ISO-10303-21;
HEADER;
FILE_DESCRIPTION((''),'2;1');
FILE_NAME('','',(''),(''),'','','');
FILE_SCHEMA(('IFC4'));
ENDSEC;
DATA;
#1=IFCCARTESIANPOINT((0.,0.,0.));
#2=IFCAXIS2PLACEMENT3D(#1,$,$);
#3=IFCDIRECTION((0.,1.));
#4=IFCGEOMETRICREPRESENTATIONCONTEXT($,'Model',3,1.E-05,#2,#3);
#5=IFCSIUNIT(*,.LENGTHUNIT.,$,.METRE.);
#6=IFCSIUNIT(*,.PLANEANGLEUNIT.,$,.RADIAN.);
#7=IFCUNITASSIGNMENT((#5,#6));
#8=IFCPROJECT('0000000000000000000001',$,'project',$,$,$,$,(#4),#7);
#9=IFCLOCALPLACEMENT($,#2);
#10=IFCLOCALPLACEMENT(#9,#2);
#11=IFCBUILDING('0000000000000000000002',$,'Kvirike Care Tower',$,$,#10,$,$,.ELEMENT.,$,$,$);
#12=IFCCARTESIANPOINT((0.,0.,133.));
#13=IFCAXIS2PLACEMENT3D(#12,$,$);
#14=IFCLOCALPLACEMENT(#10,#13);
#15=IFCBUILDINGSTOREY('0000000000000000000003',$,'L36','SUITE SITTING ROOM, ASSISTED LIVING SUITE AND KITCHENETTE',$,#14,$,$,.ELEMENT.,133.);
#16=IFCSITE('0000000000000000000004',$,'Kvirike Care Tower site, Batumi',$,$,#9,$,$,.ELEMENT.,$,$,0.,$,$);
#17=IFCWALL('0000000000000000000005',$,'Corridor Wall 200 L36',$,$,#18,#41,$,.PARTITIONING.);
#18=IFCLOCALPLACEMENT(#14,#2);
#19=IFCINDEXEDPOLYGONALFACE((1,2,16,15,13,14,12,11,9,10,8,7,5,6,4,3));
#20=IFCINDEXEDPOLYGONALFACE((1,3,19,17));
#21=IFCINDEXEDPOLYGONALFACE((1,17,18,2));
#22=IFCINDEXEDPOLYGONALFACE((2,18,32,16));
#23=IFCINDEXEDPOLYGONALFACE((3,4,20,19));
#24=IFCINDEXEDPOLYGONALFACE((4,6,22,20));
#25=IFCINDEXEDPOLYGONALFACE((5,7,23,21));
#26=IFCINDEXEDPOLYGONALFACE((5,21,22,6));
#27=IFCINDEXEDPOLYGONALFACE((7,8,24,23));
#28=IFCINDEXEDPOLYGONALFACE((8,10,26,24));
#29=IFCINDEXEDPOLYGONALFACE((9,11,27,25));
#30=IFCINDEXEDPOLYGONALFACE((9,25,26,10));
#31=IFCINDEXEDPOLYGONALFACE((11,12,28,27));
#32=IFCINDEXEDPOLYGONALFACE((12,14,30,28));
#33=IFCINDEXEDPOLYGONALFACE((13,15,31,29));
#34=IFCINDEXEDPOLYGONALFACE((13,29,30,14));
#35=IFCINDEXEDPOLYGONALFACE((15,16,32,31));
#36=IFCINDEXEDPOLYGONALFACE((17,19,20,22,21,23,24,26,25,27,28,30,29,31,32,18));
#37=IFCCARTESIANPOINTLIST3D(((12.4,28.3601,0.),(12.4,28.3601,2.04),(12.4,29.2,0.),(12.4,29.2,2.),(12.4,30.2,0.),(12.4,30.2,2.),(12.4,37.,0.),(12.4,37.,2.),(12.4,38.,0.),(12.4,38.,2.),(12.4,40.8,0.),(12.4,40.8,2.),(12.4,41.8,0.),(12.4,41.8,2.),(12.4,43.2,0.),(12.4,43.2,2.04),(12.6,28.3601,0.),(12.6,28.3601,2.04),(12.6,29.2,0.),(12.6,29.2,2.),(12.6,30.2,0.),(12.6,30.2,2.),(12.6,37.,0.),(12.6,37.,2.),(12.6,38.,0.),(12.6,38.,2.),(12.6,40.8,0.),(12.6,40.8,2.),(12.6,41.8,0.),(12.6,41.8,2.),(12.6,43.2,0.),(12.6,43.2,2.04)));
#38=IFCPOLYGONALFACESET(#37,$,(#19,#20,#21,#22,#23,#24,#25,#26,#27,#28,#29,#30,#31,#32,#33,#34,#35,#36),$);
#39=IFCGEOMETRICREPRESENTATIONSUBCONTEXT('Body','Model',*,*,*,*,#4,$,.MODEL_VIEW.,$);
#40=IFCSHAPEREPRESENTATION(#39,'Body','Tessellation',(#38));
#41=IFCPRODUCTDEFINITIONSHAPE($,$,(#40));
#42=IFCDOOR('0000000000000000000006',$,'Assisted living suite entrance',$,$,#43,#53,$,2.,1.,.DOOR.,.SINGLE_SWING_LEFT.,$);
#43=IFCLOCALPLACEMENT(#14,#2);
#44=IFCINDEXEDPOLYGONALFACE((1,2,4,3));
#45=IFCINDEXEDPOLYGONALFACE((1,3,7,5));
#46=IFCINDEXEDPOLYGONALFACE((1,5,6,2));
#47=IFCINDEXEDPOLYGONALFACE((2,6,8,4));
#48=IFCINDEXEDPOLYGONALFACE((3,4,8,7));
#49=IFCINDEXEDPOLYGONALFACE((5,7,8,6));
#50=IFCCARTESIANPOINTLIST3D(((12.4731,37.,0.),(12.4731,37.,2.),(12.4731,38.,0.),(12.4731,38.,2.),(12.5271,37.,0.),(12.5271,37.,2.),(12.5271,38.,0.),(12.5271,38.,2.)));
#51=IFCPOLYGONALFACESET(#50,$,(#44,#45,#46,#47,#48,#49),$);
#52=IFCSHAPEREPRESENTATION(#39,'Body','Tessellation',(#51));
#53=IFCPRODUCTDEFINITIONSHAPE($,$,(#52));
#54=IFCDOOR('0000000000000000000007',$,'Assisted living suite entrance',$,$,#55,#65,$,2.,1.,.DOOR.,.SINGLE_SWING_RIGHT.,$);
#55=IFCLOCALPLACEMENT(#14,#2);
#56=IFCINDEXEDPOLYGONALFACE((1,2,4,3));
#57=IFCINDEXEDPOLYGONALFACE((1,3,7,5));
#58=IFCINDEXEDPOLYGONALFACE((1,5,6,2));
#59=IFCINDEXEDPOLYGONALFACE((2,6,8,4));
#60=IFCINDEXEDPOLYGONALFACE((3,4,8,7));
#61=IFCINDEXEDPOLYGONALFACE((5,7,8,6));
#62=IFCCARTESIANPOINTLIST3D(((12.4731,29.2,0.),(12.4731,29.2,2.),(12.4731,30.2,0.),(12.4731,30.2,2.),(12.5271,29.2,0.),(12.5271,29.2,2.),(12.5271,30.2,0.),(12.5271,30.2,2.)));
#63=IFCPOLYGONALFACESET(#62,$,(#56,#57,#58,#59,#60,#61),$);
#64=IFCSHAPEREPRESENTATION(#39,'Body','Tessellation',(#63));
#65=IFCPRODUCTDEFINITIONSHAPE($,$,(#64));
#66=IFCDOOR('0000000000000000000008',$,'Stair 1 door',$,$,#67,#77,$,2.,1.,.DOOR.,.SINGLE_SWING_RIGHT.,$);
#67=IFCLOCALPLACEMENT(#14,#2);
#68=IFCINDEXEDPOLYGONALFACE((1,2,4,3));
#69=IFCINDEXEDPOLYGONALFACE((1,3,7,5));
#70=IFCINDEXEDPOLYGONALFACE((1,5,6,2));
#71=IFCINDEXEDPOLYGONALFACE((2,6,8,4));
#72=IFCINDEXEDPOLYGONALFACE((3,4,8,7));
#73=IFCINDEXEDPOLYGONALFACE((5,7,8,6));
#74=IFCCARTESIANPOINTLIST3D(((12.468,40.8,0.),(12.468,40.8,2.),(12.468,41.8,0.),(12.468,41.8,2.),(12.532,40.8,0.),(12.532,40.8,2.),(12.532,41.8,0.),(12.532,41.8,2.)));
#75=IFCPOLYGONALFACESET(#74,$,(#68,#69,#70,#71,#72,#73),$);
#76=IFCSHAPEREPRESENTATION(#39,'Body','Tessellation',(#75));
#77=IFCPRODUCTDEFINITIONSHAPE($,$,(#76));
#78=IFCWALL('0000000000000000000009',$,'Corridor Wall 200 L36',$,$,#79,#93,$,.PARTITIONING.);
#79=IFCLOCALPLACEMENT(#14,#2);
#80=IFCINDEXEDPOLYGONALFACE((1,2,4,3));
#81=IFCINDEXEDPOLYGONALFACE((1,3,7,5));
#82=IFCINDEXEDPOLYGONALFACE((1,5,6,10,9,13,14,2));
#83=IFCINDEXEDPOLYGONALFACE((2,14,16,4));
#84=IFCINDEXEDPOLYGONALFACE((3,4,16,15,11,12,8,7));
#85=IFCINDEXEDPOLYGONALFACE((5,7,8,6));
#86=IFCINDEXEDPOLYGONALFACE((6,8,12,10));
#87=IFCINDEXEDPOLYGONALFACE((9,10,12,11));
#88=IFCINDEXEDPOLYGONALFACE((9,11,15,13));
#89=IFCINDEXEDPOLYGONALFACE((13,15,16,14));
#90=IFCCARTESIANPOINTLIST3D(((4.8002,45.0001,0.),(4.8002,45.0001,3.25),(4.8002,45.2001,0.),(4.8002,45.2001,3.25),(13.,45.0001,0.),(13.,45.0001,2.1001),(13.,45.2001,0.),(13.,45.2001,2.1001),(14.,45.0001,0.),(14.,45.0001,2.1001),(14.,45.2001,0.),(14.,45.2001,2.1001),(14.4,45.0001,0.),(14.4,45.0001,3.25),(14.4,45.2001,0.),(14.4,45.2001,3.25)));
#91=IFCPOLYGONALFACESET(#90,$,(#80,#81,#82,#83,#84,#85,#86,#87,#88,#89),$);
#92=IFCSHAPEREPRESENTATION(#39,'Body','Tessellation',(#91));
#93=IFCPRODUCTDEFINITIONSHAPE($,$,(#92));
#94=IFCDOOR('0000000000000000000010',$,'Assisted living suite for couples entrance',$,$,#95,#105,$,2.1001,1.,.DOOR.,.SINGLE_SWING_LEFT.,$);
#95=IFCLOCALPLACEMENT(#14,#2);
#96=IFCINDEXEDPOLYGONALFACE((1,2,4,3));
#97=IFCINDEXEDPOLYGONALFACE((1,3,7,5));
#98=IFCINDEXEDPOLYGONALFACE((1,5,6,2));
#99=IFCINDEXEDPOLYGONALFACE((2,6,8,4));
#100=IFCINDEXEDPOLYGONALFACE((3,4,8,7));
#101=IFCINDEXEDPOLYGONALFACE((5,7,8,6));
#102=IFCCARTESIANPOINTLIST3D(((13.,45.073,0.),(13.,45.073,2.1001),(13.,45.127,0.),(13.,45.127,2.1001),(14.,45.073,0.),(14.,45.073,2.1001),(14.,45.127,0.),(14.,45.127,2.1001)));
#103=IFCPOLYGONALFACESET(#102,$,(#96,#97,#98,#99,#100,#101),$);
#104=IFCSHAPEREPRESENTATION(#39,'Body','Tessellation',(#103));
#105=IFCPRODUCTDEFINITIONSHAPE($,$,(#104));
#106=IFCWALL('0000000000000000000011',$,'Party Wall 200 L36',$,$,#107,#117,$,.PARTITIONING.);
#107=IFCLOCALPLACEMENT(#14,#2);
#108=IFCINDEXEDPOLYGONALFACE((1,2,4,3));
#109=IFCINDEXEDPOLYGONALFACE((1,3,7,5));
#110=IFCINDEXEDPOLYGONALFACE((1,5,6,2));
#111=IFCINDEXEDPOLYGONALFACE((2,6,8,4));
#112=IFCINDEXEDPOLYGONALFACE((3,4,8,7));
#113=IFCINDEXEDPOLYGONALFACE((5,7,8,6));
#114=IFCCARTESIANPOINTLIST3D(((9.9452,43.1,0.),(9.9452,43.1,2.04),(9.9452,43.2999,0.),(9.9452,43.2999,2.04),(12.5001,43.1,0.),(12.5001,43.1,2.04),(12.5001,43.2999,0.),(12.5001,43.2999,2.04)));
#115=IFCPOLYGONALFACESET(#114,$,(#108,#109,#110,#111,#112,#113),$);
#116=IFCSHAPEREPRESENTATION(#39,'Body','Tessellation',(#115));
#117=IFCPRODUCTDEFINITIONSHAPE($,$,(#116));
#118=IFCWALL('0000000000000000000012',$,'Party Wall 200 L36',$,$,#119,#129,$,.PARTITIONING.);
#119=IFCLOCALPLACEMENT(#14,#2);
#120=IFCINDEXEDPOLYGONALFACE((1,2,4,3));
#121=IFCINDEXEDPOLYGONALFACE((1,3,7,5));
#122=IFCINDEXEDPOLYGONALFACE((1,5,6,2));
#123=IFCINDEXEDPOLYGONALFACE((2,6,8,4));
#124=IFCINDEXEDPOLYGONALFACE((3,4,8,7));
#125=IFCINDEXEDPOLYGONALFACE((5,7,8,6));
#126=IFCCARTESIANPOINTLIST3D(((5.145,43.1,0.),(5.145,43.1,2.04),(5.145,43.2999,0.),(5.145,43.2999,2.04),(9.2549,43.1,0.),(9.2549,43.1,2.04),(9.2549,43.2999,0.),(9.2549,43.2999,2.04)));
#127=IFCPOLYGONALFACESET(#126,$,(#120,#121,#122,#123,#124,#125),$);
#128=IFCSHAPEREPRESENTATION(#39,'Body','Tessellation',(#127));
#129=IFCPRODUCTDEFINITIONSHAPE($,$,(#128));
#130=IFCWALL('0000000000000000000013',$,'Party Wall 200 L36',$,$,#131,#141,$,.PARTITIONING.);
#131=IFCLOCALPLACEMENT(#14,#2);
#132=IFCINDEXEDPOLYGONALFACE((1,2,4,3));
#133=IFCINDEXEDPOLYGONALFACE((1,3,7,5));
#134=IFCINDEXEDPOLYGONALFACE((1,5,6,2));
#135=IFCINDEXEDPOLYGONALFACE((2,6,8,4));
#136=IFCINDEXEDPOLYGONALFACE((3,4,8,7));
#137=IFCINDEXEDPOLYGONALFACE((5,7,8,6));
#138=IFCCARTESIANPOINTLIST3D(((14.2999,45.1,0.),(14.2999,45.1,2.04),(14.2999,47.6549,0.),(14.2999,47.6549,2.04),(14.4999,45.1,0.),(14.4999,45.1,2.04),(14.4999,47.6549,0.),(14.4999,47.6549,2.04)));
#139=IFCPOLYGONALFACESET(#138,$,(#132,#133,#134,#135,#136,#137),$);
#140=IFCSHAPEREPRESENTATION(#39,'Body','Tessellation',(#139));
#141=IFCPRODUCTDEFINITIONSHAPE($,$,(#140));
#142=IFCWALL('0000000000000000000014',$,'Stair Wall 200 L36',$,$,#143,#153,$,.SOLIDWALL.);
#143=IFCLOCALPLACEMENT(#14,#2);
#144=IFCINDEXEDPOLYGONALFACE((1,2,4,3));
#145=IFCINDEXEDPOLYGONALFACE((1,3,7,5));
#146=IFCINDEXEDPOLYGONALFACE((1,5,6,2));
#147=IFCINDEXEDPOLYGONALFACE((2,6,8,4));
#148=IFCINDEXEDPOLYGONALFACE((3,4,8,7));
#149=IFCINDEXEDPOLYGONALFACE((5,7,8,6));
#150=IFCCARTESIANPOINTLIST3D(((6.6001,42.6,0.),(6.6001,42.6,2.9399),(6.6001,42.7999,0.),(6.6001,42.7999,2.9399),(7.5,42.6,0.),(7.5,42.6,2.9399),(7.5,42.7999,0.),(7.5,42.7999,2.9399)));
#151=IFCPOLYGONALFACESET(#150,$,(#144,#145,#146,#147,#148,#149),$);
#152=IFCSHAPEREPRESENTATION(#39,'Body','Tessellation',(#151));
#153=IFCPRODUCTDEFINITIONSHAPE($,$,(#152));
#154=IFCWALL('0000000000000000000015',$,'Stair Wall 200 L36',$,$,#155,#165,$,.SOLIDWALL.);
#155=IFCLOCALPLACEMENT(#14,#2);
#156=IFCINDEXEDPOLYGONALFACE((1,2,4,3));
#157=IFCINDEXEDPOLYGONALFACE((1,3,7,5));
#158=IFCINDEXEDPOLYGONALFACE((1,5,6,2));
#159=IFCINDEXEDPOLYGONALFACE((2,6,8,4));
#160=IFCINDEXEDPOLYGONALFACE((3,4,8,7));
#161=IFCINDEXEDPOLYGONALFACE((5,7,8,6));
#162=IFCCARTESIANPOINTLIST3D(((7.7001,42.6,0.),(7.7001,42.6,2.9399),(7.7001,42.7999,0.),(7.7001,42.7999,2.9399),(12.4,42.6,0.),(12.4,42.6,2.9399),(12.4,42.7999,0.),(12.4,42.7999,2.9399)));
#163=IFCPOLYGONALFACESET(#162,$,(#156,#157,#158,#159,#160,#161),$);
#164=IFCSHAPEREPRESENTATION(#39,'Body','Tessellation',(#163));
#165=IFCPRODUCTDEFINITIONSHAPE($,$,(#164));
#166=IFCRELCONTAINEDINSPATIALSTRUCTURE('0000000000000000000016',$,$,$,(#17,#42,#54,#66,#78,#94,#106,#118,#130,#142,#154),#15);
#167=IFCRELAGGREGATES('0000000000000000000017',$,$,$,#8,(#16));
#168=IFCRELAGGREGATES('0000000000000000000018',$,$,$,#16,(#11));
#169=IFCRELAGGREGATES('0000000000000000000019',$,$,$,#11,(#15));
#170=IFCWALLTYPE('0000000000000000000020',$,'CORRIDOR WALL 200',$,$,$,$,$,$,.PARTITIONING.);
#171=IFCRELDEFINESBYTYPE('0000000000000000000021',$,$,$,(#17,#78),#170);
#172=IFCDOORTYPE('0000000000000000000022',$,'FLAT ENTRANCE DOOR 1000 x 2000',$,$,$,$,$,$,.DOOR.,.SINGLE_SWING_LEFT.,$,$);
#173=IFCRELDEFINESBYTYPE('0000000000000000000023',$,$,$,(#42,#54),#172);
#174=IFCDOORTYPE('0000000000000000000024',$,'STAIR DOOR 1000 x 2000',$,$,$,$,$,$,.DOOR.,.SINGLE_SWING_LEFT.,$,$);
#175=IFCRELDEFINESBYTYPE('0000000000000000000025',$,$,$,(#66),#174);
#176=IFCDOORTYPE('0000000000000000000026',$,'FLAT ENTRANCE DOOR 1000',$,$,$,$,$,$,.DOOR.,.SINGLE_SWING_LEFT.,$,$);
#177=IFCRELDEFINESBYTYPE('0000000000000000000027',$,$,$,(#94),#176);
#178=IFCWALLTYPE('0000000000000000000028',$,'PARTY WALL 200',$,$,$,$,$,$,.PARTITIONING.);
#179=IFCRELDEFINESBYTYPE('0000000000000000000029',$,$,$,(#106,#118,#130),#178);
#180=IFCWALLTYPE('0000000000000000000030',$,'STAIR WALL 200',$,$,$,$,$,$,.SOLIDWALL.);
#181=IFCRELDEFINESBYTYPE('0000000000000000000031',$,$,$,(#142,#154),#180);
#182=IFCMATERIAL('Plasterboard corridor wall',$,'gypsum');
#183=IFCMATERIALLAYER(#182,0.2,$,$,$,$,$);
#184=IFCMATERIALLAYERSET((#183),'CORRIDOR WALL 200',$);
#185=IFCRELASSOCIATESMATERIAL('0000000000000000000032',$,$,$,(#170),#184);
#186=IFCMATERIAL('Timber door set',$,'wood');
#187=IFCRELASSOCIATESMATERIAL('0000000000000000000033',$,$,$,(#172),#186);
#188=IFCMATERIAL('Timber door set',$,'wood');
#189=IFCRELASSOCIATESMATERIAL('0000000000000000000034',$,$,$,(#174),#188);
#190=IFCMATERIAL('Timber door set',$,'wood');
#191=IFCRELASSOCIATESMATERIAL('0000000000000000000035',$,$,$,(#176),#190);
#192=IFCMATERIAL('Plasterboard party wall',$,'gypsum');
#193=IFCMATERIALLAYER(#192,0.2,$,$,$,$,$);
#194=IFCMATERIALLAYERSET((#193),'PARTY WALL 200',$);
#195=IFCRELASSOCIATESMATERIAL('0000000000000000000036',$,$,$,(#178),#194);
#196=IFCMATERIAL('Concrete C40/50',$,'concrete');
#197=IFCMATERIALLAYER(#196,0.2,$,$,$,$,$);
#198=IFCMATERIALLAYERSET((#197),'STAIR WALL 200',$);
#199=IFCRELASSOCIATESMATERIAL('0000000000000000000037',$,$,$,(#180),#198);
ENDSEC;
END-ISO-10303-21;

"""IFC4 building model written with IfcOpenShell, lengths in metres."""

from ifc_helpers import new_model, si_unit, direction, frame, frame_2d, origin, place, context, subcontext, project, spatial, rectangle, extrude, material, layer, layer_set, type_object, element, fill, save


model = new_model("IFC4")

# Units and contexts
model_context = context("Model", 3, precision=1e-05, world=origin(), true_north=direction((0.0, 1.0)))
body_context = subcontext(model_context, "Body", "Model", "MODEL_VIEW")
ifc_project = project(units=[si_unit("LENGTHUNIT", "METRE"), si_unit("PLANEANGLEUNIT", "RADIAN")], contexts=[model_context])

# Site, building, storey
site_placement = place(None, origin())
site = spatial("IfcSite", under=ifc_project, at=site_placement, Name="Kvirike Care Tower site, Batumi", CompositionType="ELEMENT", RefElevation=0.0)
building_placement = place(site_placement, origin())
building = spatial("IfcBuilding", under=site, at=building_placement, Name="Kvirike Care Tower", CompositionType="ELEMENT")
storey_placement = place(building_placement, frame((0.0, 0.0, 133.0)))
storey = spatial("IfcBuildingStorey", under=building, at=storey_placement, Name="L36", Description="SUITE SITTING ROOM, ASSISTED LIVING SUITE AND KITCHENETTE", CompositionType="ELEMENT", Elevation=133.0)

# Wall, openings, doors
ifc_material_1 = material(Name="Plasterboard corridor wall", Category="gypsum")
ifc_layer_1 = layer(ifc_material_1, 0.2)
ifc_layer_set_1 = layer_set([ifc_layer_1], Name="CORRIDOR WALL 200")
wall_type_1 = type_object("IfcWallType", Name="CORRIDOR WALL 200", PredefinedType="PARTITIONING", material=ifc_layer_set_1)
wall_1_placement = place(storey_placement, frame((12.5, 43.2, 0.0), z_axis=(0.0, 0.0, 1.0), x_axis=(0.0, -1.0, 0.0)))
wall_1 = element("IfcWall", 1, at=wall_1_placement, inside=storey, type_object=wall_type_1, Name="Corridor Wall 200 L36", PredefinedType="PARTITIONING", context=body_context, shape_type="SweptSolid", body=[
    extrude(rectangle(XDim=14.8398, YDim=0.2, at=frame_2d((7.4199, 0.0))), origin(), (0.0, 0.0, 1.0), 2.04),
])
opening_1_placement = place(wall_1_placement, frame((1.3999, 0.0, 0.0)))
opening_1 = element("IfcOpeningElement", 2, at=opening_1_placement, cuts=wall_1, PredefinedType="OPENING", context=body_context, shape_type="SweptSolid", body=[
    extrude(rectangle(XDim=1.0, YDim=2.0, at=frame_2d((0.5, 1.0))), frame((0.0, 0.1106, 0.0), z_axis=(0.0, -1.0, 0.0), x_axis=(1.0, 0.0, 0.0)), (0.0, 0.0, 1.0), 0.2209),
])
opening_2_placement = place(wall_1_placement, frame((5.2, 0.0, 0.0)))
opening_2 = element("IfcOpeningElement", 3, at=opening_2_placement, cuts=wall_1, PredefinedType="OPENING", context=body_context, shape_type="SweptSolid", body=[
    extrude(rectangle(XDim=1.0, YDim=2.0, at=frame_2d((0.5, 1.0))), frame((0.0, 0.1106, 0.0), z_axis=(0.0, -1.0, 0.0), x_axis=(1.0, 0.0, 0.0)), (0.0, 0.0, 1.0), 0.2209),
])
opening_3_placement = place(wall_1_placement, frame((13.0, 0.0, 0.0)))
opening_3 = element("IfcOpeningElement", 4, at=opening_3_placement, cuts=wall_1, PredefinedType="OPENING", context=body_context, shape_type="SweptSolid", body=[
    extrude(rectangle(XDim=1.0, YDim=2.0, at=frame_2d((0.5, 1.0))), frame((0.0, 0.1106, 0.0), z_axis=(0.0, -1.0, 0.0), x_axis=(1.0, 0.0, 0.0)), (0.0, 0.0, 1.0), 0.2209),
])
ifc_material_2 = material(Name="Timber door set", Category="wood")
door_type_1 = type_object("IfcDoorType", Name="FLAT ENTRANCE DOOR 1000 x 2000", OperationType="SINGLE_SWING_LEFT", PredefinedType="DOOR", material=ifc_material_2)
door_1_placement = place(opening_2_placement, frame((1.0, 0.0, 0.0), z_axis=(0.0, 0.0, 1.0), x_axis=(-1.0, 0.0, 0.0)))
door_1 = element("IfcDoor", 5, at=door_1_placement, inside=storey, type_object=door_type_1, Name="Assisted living suite entrance", OperationType="SINGLE_SWING_LEFT", OverallHeight=2.0, OverallWidth=1.0, PredefinedType="DOOR", context=body_context, shape_type="SweptSolid", body=[
    extrude(rectangle(XDim=1.0, YDim=2.0, at=frame_2d((0.5, 1.0))), frame((0.0, 0.0269, 0.0), z_axis=(0.0, -1.0, 0.0), x_axis=(1.0, 0.0, 0.0)), (0.0, 0.0, 1.0), 0.054),
])
fill(opening_2, door_1)
door_2_placement = place(opening_3_placement, frame((1.0, 0.0, 0.0), z_axis=(0.0, 0.0, 1.0), x_axis=(-1.0, 0.0, 0.0)))
door_2 = element("IfcDoor", 6, at=door_2_placement, inside=storey, type_object=door_type_1, Name="Assisted living suite entrance", OperationType="SINGLE_SWING_RIGHT", OverallHeight=2.0, OverallWidth=1.0, PredefinedType="DOOR", context=body_context, shape_type="SweptSolid", body=[
    extrude(rectangle(XDim=1.0, YDim=2.0, at=frame_2d((0.5, 1.0))), frame((0.0, 0.0269, 0.0), z_axis=(0.0, -1.0, 0.0), x_axis=(1.0, 0.0, 0.0)), (0.0, 0.0, 1.0), 0.054),
])
fill(opening_3, door_2)
ifc_material_3 = material(Name="Timber door set", Category="wood")
door_type_2 = type_object("IfcDoorType", Name="STAIR DOOR 1000 x 2000", OperationType="SINGLE_SWING_LEFT", PredefinedType="DOOR", material=ifc_material_3)
door_3_placement = place(opening_1_placement, frame((1.0, 0.0, 0.0), z_axis=(0.0, 0.0, 1.0), x_axis=(-1.0, 0.0, 0.0)))
door_3 = element("IfcDoor", 7, at=door_3_placement, inside=storey, type_object=door_type_2, Name="Stair 1 door", OperationType="SINGLE_SWING_RIGHT", OverallHeight=2.0, OverallWidth=1.0, PredefinedType="DOOR", context=body_context, shape_type="SweptSolid", body=[
    extrude(rectangle(XDim=1.0, YDim=2.0, at=frame_2d((0.5, 1.0))), frame((0.0, 0.032, 0.0), z_axis=(0.0, -1.0, 0.0), x_axis=(1.0, 0.0, 0.0)), (0.0, 0.0, 1.0), 0.064),
])
fill(opening_1, door_3)

# Wall, opening, door
wall_2_placement = place(storey_placement, frame((14.3999, 45.1001, 0.0), z_axis=(0.0, 0.0, 1.0), x_axis=(-1.0, 0.0, 0.0)))
wall_2 = element("IfcWall", 8, at=wall_2_placement, inside=storey, type_object=wall_type_1, Name="Corridor Wall 200 L36", PredefinedType="PARTITIONING", context=body_context, shape_type="SweptSolid", body=[
    extrude(rectangle(XDim=9.5999, YDim=0.2, at=frame_2d((4.7998, 0.0))), origin(), (0.0, 0.0, 1.0), 3.25),
])
opening_4_placement = place(wall_2_placement, frame((0.3999, 0.0, 0.0)))
opening_4 = element("IfcOpeningElement", 9, at=opening_4_placement, cuts=wall_2, PredefinedType="OPENING", context=body_context, shape_type="SweptSolid", body=[
    extrude(rectangle(XDim=1.0, YDim=2.1001, at=frame_2d((0.5, 1.05))), frame((0.0, 0.1106, 0.0), z_axis=(0.0, -1.0, 0.0), x_axis=(1.0, 0.0, 0.0)), (0.0, 0.0, 1.0), 0.2209),
])
ifc_material_4 = material(Name="Timber door set", Category="wood")
door_type_3 = type_object("IfcDoorType", Name="FLAT ENTRANCE DOOR 1000", OperationType="SINGLE_SWING_LEFT", PredefinedType="DOOR", material=ifc_material_4)
door_4_placement = place(opening_4_placement, frame((1.0, 0.0, 0.0), z_axis=(0.0, 0.0, 1.0), x_axis=(-1.0, 0.0, 0.0)))
door_4 = element("IfcDoor", 10, at=door_4_placement, inside=storey, type_object=door_type_3, Name="Assisted living suite for couples entrance", OperationType="SINGLE_SWING_LEFT", OverallHeight=2.1001, OverallWidth=1.0, PredefinedType="DOOR", context=body_context, shape_type="SweptSolid", body=[
    extrude(rectangle(XDim=1.0, YDim=2.1001, at=frame_2d((0.5, 1.05))), frame((0.0, 0.0269, 0.0), z_axis=(0.0, -1.0, 0.0), x_axis=(1.0, 0.0, 0.0)), (0.0, 0.0, 1.0), 0.054),
])
fill(opening_4, door_4)

# Walls
ifc_material_5 = material(Name="Plasterboard party wall", Category="gypsum")
ifc_layer_2 = layer(ifc_material_5, 0.2)
ifc_layer_set_2 = layer_set([ifc_layer_2], Name="PARTY WALL 200")
wall_type_2 = type_object("IfcWallType", Name="PARTY WALL 200", PredefinedType="PARTITIONING", material=ifc_layer_set_2)
wall_3_placement = place(storey_placement, frame((12.5, 43.2, 0.0), z_axis=(0.0, 0.0, 1.0), x_axis=(-1.0, 0.0, 0.0)))
element("IfcWall", 11, at=wall_3_placement, inside=storey, type_object=wall_type_2, Name="Party Wall 200 L36", PredefinedType="PARTITIONING", context=body_context, shape_type="SweptSolid", body=[
    extrude(rectangle(XDim=2.5549, YDim=0.2, at=frame_2d((1.2773, 0.0))), origin(), (0.0, 0.0, 1.0), 2.04),
])
wall_4_placement = place(storey_placement, frame((9.2549, 43.2, 0.0), z_axis=(0.0, 0.0, 1.0), x_axis=(-1.0, 0.0, 0.0)))
element("IfcWall", 12, at=wall_4_placement, inside=storey, type_object=wall_type_2, Name="Party Wall 200 L36", PredefinedType="PARTITIONING", context=body_context, shape_type="SweptSolid", body=[
    extrude(rectangle(XDim=4.1099, YDim=0.2, at=frame_2d((2.0549, 0.0))), origin(), (0.0, 0.0, 1.0), 2.04),
])
wall_5_placement = place(storey_placement, frame((14.3999, 45.1001, 0.0), z_axis=(0.0, 0.0, 1.0), x_axis=(0.0, 1.0, 0.0)))
element("IfcWall", 13, at=wall_5_placement, inside=storey, type_object=wall_type_2, Name="Party Wall 200 L36", PredefinedType="PARTITIONING", context=body_context, shape_type="SweptSolid", body=[
    extrude(rectangle(XDim=2.5549, YDim=0.2, at=frame_2d((1.2773, 0.0))), origin(), (0.0, 0.0, 1.0), 2.04),
])
ifc_material_6 = material(Name="Concrete C40/50", Category="concrete")
ifc_layer_3 = layer(ifc_material_6, 0.2)
ifc_layer_set_3 = layer_set([ifc_layer_3], Name="STAIR WALL 200")
wall_type_3 = type_object("IfcWallType", Name="STAIR WALL 200", PredefinedType="SOLIDWALL", material=ifc_layer_set_3)
wall_6_placement = place(storey_placement, frame((6.6001, 42.7, 0.0), z_axis=(0.0, 0.0, 1.0), x_axis=(1.0, 0.0, 0.0)))
element("IfcWall", 14, at=wall_6_placement, inside=storey, type_object=wall_type_3, Name="Stair Wall 200 L36", PredefinedType="SOLIDWALL", context=body_context, shape_type="SweptSolid", body=[
    extrude(rectangle(XDim=0.8999, YDim=0.2, at=frame_2d((0.45, 0.0))), origin(), (0.0, 0.0, 1.0), 2.9399),
])
wall_7_placement = place(storey_placement, frame((7.7, 42.7, 0.0), z_axis=(0.0, 0.0, 1.0), x_axis=(1.0, 0.0, 0.0)))
element("IfcWall", 15, at=wall_7_placement, inside=storey, type_object=wall_type_3, Name="Stair Wall 200 L36", PredefinedType="SOLIDWALL", context=body_context, shape_type="SweptSolid", body=[
    extrude(rectangle(XDim=4.7, YDim=0.2, at=frame_2d((2.3501, 0.0))), origin(), (0.0, 0.0, 1.0), 2.9399),
])

save(model, "model.ifc")
